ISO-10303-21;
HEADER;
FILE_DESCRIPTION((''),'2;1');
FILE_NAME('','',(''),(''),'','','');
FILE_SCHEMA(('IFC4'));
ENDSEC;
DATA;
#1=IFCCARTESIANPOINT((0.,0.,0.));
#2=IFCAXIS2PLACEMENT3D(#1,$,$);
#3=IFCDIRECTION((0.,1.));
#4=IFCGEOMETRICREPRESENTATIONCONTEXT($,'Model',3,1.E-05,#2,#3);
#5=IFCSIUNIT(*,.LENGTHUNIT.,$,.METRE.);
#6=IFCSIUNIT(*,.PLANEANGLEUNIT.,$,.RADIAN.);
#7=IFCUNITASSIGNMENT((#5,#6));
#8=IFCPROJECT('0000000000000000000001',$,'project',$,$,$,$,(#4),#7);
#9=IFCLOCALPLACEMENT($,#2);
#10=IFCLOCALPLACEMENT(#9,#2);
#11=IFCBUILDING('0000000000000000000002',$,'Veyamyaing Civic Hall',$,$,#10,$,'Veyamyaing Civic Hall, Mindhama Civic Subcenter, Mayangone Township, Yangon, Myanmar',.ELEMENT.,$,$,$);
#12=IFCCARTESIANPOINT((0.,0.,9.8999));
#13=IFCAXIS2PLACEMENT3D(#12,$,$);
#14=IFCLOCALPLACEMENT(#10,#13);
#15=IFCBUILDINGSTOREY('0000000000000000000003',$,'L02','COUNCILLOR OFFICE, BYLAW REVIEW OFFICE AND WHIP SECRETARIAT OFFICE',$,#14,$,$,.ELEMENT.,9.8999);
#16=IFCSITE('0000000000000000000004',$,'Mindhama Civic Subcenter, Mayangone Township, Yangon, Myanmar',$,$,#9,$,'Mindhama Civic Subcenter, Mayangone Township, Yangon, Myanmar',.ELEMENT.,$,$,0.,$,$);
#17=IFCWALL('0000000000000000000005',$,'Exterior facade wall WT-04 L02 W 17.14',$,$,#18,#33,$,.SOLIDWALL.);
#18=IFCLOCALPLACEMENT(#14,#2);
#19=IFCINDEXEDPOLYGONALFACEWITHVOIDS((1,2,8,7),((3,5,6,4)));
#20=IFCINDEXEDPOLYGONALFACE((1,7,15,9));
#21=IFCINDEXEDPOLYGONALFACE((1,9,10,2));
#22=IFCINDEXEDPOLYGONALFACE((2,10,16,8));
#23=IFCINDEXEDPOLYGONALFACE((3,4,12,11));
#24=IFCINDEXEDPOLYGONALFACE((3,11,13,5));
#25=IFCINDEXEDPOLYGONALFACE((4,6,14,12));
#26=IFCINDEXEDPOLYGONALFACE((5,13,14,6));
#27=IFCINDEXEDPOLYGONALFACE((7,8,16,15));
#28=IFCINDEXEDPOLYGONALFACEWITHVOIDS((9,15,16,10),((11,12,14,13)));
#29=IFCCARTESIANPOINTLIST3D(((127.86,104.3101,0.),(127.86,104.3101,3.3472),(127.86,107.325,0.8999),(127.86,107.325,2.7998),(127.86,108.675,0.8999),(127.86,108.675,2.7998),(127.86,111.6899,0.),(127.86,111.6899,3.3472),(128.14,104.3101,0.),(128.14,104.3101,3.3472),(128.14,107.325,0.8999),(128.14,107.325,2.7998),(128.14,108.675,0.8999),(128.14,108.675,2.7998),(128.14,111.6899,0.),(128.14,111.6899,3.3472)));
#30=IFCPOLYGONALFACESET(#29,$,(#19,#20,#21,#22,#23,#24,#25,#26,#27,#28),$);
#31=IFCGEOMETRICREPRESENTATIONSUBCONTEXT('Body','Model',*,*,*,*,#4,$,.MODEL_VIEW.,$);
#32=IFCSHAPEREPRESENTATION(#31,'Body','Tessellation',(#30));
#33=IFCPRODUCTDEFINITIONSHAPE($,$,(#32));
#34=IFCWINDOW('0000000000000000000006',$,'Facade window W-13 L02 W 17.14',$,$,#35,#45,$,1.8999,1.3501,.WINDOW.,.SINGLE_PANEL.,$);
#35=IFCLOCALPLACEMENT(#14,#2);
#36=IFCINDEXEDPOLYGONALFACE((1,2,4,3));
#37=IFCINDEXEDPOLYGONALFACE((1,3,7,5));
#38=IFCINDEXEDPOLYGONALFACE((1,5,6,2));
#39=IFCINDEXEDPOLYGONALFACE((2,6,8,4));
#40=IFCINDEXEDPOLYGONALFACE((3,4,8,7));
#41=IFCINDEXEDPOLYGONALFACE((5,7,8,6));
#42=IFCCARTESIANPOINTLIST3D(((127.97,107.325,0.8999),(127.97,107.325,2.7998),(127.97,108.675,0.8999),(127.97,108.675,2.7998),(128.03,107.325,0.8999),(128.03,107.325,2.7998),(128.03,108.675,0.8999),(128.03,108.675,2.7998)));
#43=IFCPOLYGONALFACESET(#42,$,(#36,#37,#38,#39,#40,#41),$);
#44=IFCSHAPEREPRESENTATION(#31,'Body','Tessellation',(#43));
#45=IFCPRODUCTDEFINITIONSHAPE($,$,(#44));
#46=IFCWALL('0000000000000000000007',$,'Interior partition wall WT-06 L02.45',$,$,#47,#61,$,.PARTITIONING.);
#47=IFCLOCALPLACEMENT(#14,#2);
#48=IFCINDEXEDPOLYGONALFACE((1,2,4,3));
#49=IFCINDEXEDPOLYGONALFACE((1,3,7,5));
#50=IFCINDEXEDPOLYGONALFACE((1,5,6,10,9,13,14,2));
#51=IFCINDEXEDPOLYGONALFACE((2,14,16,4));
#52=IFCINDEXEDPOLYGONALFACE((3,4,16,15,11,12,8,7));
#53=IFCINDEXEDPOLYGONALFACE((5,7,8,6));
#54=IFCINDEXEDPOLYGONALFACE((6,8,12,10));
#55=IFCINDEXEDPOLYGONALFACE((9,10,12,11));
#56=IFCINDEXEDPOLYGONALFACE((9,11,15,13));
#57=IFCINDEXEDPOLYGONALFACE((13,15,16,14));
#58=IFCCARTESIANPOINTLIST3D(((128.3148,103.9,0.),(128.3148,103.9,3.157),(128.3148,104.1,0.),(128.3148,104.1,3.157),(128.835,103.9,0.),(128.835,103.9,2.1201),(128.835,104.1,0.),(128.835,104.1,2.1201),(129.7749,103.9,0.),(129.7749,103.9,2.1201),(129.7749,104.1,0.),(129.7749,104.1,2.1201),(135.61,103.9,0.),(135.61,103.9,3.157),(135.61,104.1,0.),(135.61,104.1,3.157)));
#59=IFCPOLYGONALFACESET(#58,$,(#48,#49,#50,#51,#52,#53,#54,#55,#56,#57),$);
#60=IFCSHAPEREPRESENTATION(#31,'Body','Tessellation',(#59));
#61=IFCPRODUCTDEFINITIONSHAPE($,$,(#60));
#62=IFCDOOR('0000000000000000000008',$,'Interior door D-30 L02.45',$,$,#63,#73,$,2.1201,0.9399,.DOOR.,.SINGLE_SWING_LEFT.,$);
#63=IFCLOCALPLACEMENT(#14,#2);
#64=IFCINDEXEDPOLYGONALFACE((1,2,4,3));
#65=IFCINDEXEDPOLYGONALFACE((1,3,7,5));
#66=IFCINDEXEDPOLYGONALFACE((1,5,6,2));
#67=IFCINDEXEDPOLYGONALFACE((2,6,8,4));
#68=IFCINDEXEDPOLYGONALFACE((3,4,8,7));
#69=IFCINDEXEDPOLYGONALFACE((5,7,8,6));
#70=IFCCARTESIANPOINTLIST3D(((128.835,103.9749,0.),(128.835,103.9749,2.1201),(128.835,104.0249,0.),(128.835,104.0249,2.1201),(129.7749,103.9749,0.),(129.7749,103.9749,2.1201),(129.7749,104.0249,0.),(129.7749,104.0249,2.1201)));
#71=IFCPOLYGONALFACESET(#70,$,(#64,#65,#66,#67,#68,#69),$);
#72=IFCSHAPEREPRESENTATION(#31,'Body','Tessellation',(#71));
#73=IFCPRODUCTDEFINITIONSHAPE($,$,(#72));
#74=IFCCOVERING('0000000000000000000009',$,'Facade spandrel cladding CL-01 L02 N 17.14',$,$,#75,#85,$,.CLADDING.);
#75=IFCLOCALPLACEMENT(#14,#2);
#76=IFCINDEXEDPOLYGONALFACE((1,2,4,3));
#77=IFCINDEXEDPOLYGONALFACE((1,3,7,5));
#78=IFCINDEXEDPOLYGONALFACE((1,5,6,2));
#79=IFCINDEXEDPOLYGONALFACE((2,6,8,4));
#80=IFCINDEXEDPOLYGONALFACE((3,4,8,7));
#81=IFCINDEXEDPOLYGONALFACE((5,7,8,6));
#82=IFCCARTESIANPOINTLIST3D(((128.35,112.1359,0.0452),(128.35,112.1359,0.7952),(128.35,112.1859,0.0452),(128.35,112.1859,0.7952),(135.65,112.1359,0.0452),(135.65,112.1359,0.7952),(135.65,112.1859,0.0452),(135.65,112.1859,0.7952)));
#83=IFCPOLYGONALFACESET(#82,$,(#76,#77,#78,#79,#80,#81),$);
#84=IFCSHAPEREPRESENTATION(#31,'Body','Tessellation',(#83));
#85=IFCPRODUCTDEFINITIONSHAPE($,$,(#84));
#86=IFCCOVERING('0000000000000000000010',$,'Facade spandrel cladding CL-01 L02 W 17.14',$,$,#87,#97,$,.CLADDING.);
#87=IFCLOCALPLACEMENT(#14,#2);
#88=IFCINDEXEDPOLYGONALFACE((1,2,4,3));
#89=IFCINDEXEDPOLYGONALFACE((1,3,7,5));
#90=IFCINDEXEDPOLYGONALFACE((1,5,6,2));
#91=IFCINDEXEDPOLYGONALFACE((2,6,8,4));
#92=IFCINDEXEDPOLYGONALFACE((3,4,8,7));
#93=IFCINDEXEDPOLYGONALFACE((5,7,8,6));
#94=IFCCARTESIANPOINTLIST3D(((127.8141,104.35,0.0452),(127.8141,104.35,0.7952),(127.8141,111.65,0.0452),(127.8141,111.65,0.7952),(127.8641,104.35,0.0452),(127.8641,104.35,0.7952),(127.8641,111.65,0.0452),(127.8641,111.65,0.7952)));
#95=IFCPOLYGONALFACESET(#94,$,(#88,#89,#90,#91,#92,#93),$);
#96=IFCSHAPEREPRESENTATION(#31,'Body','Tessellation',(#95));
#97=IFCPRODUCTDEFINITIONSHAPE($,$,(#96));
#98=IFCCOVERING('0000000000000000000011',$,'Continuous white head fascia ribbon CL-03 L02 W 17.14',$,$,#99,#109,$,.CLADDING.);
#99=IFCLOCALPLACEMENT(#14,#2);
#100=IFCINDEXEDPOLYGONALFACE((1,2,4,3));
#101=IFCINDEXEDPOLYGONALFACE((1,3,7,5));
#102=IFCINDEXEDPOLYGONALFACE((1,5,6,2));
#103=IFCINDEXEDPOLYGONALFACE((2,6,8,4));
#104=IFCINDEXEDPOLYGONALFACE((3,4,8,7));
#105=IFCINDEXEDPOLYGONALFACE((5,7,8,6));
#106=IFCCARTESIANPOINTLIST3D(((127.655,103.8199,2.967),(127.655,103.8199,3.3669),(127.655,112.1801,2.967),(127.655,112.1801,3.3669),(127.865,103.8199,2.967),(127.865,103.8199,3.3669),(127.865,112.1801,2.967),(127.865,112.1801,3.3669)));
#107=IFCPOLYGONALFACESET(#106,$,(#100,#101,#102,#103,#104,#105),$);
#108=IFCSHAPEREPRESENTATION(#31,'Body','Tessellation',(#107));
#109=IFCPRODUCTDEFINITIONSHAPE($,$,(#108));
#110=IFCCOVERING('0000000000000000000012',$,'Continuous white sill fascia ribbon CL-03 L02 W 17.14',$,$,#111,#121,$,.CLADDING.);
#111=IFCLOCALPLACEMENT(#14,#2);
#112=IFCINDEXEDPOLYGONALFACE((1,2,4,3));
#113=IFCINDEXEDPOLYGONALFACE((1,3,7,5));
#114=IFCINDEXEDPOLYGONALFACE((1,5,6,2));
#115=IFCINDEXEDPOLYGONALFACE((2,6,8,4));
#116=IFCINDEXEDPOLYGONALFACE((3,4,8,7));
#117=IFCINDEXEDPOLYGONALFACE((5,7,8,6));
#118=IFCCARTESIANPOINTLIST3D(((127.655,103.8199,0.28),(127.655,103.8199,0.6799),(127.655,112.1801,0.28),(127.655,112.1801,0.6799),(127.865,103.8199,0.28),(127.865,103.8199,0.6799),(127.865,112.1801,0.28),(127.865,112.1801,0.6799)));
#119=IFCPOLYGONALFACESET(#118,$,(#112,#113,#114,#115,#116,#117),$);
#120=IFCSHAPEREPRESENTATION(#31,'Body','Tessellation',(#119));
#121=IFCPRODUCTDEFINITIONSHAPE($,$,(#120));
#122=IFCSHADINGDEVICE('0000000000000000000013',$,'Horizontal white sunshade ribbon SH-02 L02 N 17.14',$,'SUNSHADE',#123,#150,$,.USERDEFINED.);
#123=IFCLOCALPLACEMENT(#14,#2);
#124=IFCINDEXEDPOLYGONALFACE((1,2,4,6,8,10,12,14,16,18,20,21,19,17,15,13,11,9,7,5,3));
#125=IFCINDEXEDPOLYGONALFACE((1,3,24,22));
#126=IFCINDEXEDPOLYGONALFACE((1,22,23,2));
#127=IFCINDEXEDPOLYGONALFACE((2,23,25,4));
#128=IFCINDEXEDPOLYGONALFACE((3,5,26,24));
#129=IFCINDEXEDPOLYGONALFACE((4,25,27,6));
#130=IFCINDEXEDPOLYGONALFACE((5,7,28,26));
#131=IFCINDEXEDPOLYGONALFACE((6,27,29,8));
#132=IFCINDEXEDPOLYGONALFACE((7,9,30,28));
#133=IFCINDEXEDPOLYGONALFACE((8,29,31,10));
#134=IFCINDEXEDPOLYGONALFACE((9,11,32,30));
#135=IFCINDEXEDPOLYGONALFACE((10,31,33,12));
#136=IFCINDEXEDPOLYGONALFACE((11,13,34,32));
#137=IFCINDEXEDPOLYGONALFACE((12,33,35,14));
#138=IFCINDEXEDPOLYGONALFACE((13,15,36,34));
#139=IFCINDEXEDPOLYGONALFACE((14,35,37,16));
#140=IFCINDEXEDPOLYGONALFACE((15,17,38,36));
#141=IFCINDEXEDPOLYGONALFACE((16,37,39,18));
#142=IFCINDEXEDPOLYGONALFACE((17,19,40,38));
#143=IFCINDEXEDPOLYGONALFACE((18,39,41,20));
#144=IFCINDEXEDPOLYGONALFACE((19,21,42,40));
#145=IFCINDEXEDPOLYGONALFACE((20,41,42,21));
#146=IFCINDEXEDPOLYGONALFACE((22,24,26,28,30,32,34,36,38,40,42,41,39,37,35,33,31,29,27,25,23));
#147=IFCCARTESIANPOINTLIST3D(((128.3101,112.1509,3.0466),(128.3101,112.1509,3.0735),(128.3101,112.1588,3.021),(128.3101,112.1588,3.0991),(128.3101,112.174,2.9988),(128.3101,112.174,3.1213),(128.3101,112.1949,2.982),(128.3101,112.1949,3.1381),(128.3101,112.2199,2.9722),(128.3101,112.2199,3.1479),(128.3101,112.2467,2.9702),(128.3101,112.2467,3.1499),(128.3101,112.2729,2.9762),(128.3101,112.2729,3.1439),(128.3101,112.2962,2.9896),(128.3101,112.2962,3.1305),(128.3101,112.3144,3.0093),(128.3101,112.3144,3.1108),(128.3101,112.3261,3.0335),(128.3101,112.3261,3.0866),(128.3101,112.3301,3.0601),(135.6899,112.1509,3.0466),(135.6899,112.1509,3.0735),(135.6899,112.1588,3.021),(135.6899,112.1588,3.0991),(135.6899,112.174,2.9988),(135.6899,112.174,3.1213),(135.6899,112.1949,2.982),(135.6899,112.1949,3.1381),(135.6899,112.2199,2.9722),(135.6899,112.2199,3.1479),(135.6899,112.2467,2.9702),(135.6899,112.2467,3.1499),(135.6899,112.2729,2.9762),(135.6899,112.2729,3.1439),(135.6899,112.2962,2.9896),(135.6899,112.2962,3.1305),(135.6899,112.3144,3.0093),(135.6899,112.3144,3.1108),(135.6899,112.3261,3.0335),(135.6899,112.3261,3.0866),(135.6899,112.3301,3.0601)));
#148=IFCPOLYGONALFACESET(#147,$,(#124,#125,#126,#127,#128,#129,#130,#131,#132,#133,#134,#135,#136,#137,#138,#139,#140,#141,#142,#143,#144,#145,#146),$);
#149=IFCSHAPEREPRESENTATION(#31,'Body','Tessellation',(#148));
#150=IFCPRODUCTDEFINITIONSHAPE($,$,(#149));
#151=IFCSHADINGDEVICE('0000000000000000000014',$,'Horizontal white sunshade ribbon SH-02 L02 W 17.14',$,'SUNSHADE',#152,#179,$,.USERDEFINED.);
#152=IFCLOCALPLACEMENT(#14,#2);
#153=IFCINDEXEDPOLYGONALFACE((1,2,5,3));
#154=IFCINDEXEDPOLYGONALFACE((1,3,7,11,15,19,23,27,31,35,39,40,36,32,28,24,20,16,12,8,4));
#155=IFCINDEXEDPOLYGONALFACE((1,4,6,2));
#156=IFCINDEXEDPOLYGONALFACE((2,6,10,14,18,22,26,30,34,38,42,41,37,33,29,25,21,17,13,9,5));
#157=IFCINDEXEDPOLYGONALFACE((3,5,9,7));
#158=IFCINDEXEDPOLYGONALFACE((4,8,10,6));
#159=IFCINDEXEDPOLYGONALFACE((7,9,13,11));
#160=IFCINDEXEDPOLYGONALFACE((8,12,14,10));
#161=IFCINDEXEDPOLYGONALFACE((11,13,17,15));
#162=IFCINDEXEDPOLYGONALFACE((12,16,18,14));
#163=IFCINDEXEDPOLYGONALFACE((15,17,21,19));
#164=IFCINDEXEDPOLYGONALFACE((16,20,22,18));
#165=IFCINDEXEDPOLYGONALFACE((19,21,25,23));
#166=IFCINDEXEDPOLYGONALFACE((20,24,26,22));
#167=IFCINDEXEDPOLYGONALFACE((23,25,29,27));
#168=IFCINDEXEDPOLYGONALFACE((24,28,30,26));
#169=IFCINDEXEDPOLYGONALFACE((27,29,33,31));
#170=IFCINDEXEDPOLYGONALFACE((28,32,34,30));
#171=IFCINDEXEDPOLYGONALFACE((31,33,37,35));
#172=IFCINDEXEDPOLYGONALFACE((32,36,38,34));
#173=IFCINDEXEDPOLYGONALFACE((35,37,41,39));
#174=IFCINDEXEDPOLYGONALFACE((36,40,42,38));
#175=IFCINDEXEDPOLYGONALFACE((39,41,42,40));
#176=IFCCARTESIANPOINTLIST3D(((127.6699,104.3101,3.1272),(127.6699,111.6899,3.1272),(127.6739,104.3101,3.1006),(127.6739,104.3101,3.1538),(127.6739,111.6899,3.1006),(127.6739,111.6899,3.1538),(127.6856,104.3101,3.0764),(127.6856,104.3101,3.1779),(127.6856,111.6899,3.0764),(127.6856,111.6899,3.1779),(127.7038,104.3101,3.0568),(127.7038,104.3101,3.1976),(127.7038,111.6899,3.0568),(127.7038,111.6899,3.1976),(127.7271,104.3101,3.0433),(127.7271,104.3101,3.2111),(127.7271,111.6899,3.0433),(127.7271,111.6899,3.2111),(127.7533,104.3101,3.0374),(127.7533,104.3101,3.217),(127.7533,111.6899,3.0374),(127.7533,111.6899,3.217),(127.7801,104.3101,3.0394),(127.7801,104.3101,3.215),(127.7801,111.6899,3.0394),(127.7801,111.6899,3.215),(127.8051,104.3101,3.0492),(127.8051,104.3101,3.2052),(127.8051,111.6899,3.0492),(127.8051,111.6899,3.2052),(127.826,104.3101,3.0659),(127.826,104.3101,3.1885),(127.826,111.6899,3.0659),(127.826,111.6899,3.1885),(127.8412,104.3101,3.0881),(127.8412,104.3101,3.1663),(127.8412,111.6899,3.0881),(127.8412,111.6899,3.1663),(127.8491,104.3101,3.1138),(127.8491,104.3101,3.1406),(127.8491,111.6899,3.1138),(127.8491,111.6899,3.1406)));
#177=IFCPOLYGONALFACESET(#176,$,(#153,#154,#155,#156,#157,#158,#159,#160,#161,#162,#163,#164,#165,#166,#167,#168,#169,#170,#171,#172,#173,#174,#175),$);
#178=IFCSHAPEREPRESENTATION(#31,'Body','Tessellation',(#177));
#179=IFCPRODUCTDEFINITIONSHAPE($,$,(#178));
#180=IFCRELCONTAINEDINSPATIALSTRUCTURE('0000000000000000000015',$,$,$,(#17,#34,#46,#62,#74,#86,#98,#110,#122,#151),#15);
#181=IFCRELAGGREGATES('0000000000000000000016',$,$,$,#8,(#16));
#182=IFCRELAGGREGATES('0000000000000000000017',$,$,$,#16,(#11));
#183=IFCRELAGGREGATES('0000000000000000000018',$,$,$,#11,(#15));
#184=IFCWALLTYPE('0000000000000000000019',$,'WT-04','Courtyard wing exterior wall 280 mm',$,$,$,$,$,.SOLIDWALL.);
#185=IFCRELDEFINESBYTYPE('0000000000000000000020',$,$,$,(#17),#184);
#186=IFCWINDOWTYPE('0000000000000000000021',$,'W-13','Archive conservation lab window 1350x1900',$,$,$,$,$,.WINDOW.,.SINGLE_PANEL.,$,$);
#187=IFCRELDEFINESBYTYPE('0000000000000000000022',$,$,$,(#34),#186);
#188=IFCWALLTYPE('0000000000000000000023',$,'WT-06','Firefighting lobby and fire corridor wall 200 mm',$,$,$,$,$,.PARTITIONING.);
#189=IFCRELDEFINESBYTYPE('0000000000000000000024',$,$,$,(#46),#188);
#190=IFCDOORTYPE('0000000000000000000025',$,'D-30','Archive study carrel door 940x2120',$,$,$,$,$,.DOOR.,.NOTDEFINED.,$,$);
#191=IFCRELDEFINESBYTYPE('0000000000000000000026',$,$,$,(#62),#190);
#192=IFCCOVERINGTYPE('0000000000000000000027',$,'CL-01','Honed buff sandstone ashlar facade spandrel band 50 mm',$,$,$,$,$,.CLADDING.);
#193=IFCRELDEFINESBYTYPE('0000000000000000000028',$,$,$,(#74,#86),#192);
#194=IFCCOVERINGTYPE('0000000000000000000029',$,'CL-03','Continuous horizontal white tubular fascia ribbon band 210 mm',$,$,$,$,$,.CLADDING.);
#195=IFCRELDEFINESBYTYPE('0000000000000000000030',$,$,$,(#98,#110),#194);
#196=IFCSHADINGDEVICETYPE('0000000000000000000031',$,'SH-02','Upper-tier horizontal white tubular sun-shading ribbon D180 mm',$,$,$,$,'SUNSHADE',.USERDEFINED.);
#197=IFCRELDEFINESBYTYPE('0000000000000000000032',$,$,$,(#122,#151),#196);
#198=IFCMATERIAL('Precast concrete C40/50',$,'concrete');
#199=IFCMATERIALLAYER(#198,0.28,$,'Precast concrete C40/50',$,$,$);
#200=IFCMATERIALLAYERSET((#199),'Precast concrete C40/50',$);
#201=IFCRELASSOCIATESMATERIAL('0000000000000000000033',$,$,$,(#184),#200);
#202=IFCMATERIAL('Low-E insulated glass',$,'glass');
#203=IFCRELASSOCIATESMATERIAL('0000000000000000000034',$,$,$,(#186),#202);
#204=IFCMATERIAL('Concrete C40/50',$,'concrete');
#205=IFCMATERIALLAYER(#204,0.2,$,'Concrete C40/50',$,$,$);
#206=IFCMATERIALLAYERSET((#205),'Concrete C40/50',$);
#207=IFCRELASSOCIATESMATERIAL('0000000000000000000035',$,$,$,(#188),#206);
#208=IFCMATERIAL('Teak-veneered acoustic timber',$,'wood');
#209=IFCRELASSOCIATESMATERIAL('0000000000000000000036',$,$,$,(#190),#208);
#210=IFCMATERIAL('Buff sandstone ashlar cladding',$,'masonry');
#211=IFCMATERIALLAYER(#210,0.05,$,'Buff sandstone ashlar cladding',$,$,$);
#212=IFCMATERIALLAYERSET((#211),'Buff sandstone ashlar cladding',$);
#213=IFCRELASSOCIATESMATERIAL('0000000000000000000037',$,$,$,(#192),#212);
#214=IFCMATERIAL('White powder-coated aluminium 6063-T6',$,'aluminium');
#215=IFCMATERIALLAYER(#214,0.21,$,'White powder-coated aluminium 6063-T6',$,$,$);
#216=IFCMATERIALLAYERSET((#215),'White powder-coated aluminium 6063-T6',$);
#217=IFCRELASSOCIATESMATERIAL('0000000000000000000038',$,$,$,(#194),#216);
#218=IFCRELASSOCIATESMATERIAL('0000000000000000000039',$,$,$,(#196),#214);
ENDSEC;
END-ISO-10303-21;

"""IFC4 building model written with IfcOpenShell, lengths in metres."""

from ifc_helpers import new_model, si_unit, direction, frame, frame_2d, origin, origin_2d, place, context, subcontext, project, spatial, rectangle, circle, extrude, material, layer, layer_set, material_profile, profile_set, type_object, element, fill, save


model = new_model("IFC4")

# Units and contexts
model_context = context("Model", 3, precision=1e-05, world=origin(), true_north=direction((0.0, 1.0)))
body_context = subcontext(model_context, "Body", "Model", "MODEL_VIEW")
ifc_project = project(units=[si_unit("LENGTHUNIT", "METRE"), si_unit("PLANEANGLEUNIT", "RADIAN")], contexts=[model_context])

# Site, building, storey
site_placement = place(None, origin())
site = spatial("IfcSite", under=ifc_project, at=site_placement, Name="Mindhama Civic Subcenter, Mayangone Township, Yangon, Myanmar", LongName="Mindhama Civic Subcenter, Mayangone Township, Yangon, Myanmar", CompositionType="ELEMENT", RefElevation=0.0)
building_placement = place(site_placement, origin())
building = spatial("IfcBuilding", under=site, at=building_placement, Name="Veyamyaing Civic Hall", LongName="Veyamyaing Civic Hall, Mindhama Civic Subcenter, Mayangone Township, Yangon, Myanmar", CompositionType="ELEMENT")
storey_placement = place(building_placement, frame((0.0, 0.0, 9.8999)))
storey = spatial("IfcBuildingStorey", under=building, at=storey_placement, Name="L02", Description="COUNCILLOR OFFICE, BYLAW REVIEW OFFICE AND WHIP SECRETARIAT OFFICE", CompositionType="ELEMENT", Elevation=9.8999)

# Wall, opening, window
ifc_material_1 = material(Name="Precast concrete C40/50", Category="concrete")
ifc_layer_1 = layer(ifc_material_1, 0.28, Name="Precast concrete C40/50")
ifc_layer_set_1 = layer_set([ifc_layer_1], Name="Precast concrete C40/50")
wall_type_1 = type_object("IfcWallType", Name="WT-04", Description="Courtyard wing exterior wall 280 mm", PredefinedType="SOLIDWALL", material=ifc_layer_set_1)
ifc_material_2 = material(Name="Low-E insulated glass", Category="glass")
window_type = type_object("IfcWindowType", Name="W-13", Description="Archive conservation lab window 1350x1900", PartitioningType="SINGLE_PANEL", PredefinedType="WINDOW", material=ifc_material_2)
wall_1_placement = place(storey_placement, frame((128.0, 104.3101, 0.0), z_axis=(0.0, 0.0, 1.0), x_axis=(0.0, 1.0, 0.0)))
wall_1 = element("IfcWall", 1, at=wall_1_placement, inside=storey, type_object=wall_type_1, Name="Exterior facade wall WT-04 L02 W 17.14", PredefinedType="SOLIDWALL", context=body_context, shape_type="SweptSolid", body=[
    extrude(rectangle(XDim=7.3799, YDim=0.28, at=frame_2d((3.6899, 0.0))), origin(), (0.0, 0.0, 1.0), 3.3472),
])
opening_1_placement = place(wall_1_placement, frame((3.0149, 0.0, 0.8999)))
opening_1 = element("IfcOpeningElement", 2, at=opening_1_placement, cuts=wall_1, PredefinedType="OPENING", context=body_context, shape_type="SweptSolid", body=[
    extrude(rectangle(XDim=1.3501, YDim=1.8999, at=frame_2d((0.675, 0.95))), frame((0.0, 0.1499, 0.0), z_axis=(0.0, -1.0, 0.0), x_axis=(1.0, 0.0, 0.0)), (0.0, 0.0, 1.0), 0.3),
])
window_1_placement = place(opening_1_placement, origin())
window_1 = element("IfcWindow", 3, at=window_1_placement, inside=storey, type_object=window_type, Name="Facade window W-13 L02 W 17.14", OverallHeight=1.8999, OverallWidth=1.3501, PartitioningType="SINGLE_PANEL", PredefinedType="WINDOW", context=body_context, shape_type="SweptSolid", body=[
    extrude(rectangle(XDim=1.3501, YDim=1.8999, at=frame_2d((0.675, 0.95))), frame((0.0, 0.03, 0.0), z_axis=(0.0, -1.0, 0.0), x_axis=(1.0, 0.0, 0.0)), (0.0, 0.0, 1.0), 0.0601),
])
fill(opening_1, window_1)

# Wall, opening, door
ifc_material_3 = material(Name="Concrete C40/50", Category="concrete")
ifc_layer_2 = layer(ifc_material_3, 0.2, Name="Concrete C40/50")
ifc_layer_set_2 = layer_set([ifc_layer_2], Name="Concrete C40/50")
wall_type_2 = type_object("IfcWallType", Name="WT-06", Description="Firefighting lobby and fire corridor wall 200 mm", PredefinedType="PARTITIONING", material=ifc_layer_set_2)
wall_2_placement = place(storey_placement, frame((128.3149, 104.0, 0.0), z_axis=(0.0, 0.0, 1.0), x_axis=(1.0, 0.0, 0.0)))
wall_2 = element("IfcWall", 4, at=wall_2_placement, inside=storey, type_object=wall_type_2, Name="Interior partition wall WT-06 L02.45", PredefinedType="PARTITIONING", context=body_context, shape_type="SweptSolid", body=[
    extrude(rectangle(XDim=7.2952, YDim=0.2, at=frame_2d((3.6475, 0.0))), origin(), (0.0, 0.0, 1.0), 3.157),
])
opening_2_placement = place(wall_2_placement, frame((0.52, 0.0, 0.0)))
opening_2 = element("IfcOpeningElement", 5, at=opening_2_placement, cuts=wall_2, PredefinedType="OPENING", context=body_context, shape_type="SweptSolid", body=[
    extrude(rectangle(XDim=0.9399, YDim=2.1201, at=frame_2d((0.47, 1.0601))), frame((0.0, 0.1099, 0.0), z_axis=(0.0, -1.0, 0.0), x_axis=(1.0, 0.0, 0.0)), (0.0, 0.0, 1.0), 0.22),
])
ifc_material_4 = material(Name="Teak-veneered acoustic timber", Category="wood")
door_type = type_object("IfcDoorType", Name="D-30", Description="Archive study carrel door 940x2120", OperationType="NOTDEFINED", PredefinedType="DOOR", material=ifc_material_4)
door_placement = place(opening_2_placement, origin())
door = element("IfcDoor", 6, at=door_placement, inside=storey, type_object=door_type, Name="Interior door D-30 L02.45", OperationType="SINGLE_SWING_LEFT", OverallHeight=2.1201, OverallWidth=0.9399, PredefinedType="DOOR", context=body_context, shape_type="SweptSolid", body=[
    extrude(rectangle(XDim=0.9399, YDim=2.1201, at=frame_2d((0.47, 1.0601))), frame((0.0, 0.0249, 0.0), z_axis=(0.0, -1.0, 0.0), x_axis=(1.0, 0.0, 0.0)), (0.0, 0.0, 1.0), 0.05),
])
fill(opening_2, door)

# Coverings
ifc_material_5 = material(Name="Buff sandstone ashlar cladding", Category="masonry")
ifc_layer_3 = layer(ifc_material_5, 0.05, Name="Buff sandstone ashlar cladding")
ifc_layer_set_3 = layer_set([ifc_layer_3], Name="Buff sandstone ashlar cladding")
covering_type_1 = type_object("IfcCoveringType", Name="CL-01", Description="Honed buff sandstone ashlar facade spandrel band 50 mm", PredefinedType="CLADDING", material=ifc_layer_set_3)
for number, where, z_axis, x_axis, name in (
    (7, (132.0, 112.1609, 0.0452), (0.0, 0.0, 1.0), (1.0, 0.0, 0.0), "Facade spandrel cladding CL-01 L02 N 17.14"),
    (8, (127.8391, 108.0, 0.0452), (0.0, 0.0, 1.0), (0.0, 1.0, 0.0), "Facade spandrel cladding CL-01 L02 W 17.14"),
):
    element("IfcCovering", number, at=place(storey_placement, frame(where, z_axis=z_axis, x_axis=x_axis)), inside=storey, type_object=covering_type_1, Name=name, PredefinedType="CLADDING", context=body_context, shape_type="SweptSolid", body=[
        extrude(rectangle(XDim=7.3, YDim=0.05, at=origin_2d()), origin(), (0.0, 0.0, 1.0), 0.75),
    ])
ifc_material_6 = material(Name="White powder-coated aluminium 6063-T6", Category="aluminium")
ifc_layer_4 = layer(ifc_material_6, 0.21, Name="White powder-coated aluminium 6063-T6")
ifc_layer_set_4 = layer_set([ifc_layer_4], Name="White powder-coated aluminium 6063-T6")
covering_type_2 = type_object("IfcCoveringType", Name="CL-03", Description="Continuous horizontal white tubular fascia ribbon band 210 mm", PredefinedType="CLADDING", material=ifc_layer_set_4)
for number, where, z_axis, x_axis, name in (
    (9, (127.76, 108.0, 2.967), (0.0, 0.0, 1.0), (0.0, 1.0, 0.0), "Continuous white head fascia ribbon CL-03 L02 W 17.14"),
    (10, (127.76, 108.0, 0.28), (0.0, 0.0, 1.0), (0.0, 1.0, 0.0), "Continuous white sill fascia ribbon CL-03 L02 W 17.14"),
):
    element("IfcCovering", number, at=place(storey_placement, frame(where, z_axis=z_axis, x_axis=x_axis)), inside=storey, type_object=covering_type_2, Name=name, PredefinedType="CLADDING", context=body_context, shape_type="SweptSolid", body=[
        extrude(rectangle(XDim=8.3601, YDim=0.21, at=origin_2d()), origin(), (0.0, 0.0, 1.0), 0.3999),
    ])

# Shading devices
ifc_material_profile_1 = material_profile(ifc_material_6, circle(Radius=0.0901, at=origin_2d()), Name="SHADE-TUBE-180")
ifc_profile_set_1 = profile_set([ifc_material_profile_1], Name="White powder-coated aluminium 6063-T6")
shading_device_type = type_object("IfcShadingDeviceType", Name="SH-02", Description="Upper-tier horizontal white tubular sun-shading ribbon D180 mm", ElementType="SUNSHADE", PredefinedType="USERDEFINED", material=ifc_profile_set_1)
for number, where, z_axis, x_axis, name in (
    (11, (128.3101, 112.24, 3.0601), (1.0, 0.0, 0.0), (0.0, 1.0, 0.0), "Horizontal white sunshade ribbon SH-02 L02 N 17.14"),
    (12, (127.76, 104.3101, 3.1272), (0.0, 1.0, 0.0), (-1.0, 0.0, 0.0), "Horizontal white sunshade ribbon SH-02 L02 W 17.14"),
):
    element("IfcShadingDevice", number, at=place(storey_placement, frame(where, z_axis=z_axis, x_axis=x_axis)), inside=storey, type_object=shading_device_type, Name=name, ObjectType="SUNSHADE", PredefinedType="USERDEFINED", context=body_context, shape_type="SweptSolid", body=[
        extrude(circle(Radius=0.0901, at=origin_2d()), origin(), (0.0, 0.0, 1.0), 7.3799),
    ])

save(model, "model.ifc")
